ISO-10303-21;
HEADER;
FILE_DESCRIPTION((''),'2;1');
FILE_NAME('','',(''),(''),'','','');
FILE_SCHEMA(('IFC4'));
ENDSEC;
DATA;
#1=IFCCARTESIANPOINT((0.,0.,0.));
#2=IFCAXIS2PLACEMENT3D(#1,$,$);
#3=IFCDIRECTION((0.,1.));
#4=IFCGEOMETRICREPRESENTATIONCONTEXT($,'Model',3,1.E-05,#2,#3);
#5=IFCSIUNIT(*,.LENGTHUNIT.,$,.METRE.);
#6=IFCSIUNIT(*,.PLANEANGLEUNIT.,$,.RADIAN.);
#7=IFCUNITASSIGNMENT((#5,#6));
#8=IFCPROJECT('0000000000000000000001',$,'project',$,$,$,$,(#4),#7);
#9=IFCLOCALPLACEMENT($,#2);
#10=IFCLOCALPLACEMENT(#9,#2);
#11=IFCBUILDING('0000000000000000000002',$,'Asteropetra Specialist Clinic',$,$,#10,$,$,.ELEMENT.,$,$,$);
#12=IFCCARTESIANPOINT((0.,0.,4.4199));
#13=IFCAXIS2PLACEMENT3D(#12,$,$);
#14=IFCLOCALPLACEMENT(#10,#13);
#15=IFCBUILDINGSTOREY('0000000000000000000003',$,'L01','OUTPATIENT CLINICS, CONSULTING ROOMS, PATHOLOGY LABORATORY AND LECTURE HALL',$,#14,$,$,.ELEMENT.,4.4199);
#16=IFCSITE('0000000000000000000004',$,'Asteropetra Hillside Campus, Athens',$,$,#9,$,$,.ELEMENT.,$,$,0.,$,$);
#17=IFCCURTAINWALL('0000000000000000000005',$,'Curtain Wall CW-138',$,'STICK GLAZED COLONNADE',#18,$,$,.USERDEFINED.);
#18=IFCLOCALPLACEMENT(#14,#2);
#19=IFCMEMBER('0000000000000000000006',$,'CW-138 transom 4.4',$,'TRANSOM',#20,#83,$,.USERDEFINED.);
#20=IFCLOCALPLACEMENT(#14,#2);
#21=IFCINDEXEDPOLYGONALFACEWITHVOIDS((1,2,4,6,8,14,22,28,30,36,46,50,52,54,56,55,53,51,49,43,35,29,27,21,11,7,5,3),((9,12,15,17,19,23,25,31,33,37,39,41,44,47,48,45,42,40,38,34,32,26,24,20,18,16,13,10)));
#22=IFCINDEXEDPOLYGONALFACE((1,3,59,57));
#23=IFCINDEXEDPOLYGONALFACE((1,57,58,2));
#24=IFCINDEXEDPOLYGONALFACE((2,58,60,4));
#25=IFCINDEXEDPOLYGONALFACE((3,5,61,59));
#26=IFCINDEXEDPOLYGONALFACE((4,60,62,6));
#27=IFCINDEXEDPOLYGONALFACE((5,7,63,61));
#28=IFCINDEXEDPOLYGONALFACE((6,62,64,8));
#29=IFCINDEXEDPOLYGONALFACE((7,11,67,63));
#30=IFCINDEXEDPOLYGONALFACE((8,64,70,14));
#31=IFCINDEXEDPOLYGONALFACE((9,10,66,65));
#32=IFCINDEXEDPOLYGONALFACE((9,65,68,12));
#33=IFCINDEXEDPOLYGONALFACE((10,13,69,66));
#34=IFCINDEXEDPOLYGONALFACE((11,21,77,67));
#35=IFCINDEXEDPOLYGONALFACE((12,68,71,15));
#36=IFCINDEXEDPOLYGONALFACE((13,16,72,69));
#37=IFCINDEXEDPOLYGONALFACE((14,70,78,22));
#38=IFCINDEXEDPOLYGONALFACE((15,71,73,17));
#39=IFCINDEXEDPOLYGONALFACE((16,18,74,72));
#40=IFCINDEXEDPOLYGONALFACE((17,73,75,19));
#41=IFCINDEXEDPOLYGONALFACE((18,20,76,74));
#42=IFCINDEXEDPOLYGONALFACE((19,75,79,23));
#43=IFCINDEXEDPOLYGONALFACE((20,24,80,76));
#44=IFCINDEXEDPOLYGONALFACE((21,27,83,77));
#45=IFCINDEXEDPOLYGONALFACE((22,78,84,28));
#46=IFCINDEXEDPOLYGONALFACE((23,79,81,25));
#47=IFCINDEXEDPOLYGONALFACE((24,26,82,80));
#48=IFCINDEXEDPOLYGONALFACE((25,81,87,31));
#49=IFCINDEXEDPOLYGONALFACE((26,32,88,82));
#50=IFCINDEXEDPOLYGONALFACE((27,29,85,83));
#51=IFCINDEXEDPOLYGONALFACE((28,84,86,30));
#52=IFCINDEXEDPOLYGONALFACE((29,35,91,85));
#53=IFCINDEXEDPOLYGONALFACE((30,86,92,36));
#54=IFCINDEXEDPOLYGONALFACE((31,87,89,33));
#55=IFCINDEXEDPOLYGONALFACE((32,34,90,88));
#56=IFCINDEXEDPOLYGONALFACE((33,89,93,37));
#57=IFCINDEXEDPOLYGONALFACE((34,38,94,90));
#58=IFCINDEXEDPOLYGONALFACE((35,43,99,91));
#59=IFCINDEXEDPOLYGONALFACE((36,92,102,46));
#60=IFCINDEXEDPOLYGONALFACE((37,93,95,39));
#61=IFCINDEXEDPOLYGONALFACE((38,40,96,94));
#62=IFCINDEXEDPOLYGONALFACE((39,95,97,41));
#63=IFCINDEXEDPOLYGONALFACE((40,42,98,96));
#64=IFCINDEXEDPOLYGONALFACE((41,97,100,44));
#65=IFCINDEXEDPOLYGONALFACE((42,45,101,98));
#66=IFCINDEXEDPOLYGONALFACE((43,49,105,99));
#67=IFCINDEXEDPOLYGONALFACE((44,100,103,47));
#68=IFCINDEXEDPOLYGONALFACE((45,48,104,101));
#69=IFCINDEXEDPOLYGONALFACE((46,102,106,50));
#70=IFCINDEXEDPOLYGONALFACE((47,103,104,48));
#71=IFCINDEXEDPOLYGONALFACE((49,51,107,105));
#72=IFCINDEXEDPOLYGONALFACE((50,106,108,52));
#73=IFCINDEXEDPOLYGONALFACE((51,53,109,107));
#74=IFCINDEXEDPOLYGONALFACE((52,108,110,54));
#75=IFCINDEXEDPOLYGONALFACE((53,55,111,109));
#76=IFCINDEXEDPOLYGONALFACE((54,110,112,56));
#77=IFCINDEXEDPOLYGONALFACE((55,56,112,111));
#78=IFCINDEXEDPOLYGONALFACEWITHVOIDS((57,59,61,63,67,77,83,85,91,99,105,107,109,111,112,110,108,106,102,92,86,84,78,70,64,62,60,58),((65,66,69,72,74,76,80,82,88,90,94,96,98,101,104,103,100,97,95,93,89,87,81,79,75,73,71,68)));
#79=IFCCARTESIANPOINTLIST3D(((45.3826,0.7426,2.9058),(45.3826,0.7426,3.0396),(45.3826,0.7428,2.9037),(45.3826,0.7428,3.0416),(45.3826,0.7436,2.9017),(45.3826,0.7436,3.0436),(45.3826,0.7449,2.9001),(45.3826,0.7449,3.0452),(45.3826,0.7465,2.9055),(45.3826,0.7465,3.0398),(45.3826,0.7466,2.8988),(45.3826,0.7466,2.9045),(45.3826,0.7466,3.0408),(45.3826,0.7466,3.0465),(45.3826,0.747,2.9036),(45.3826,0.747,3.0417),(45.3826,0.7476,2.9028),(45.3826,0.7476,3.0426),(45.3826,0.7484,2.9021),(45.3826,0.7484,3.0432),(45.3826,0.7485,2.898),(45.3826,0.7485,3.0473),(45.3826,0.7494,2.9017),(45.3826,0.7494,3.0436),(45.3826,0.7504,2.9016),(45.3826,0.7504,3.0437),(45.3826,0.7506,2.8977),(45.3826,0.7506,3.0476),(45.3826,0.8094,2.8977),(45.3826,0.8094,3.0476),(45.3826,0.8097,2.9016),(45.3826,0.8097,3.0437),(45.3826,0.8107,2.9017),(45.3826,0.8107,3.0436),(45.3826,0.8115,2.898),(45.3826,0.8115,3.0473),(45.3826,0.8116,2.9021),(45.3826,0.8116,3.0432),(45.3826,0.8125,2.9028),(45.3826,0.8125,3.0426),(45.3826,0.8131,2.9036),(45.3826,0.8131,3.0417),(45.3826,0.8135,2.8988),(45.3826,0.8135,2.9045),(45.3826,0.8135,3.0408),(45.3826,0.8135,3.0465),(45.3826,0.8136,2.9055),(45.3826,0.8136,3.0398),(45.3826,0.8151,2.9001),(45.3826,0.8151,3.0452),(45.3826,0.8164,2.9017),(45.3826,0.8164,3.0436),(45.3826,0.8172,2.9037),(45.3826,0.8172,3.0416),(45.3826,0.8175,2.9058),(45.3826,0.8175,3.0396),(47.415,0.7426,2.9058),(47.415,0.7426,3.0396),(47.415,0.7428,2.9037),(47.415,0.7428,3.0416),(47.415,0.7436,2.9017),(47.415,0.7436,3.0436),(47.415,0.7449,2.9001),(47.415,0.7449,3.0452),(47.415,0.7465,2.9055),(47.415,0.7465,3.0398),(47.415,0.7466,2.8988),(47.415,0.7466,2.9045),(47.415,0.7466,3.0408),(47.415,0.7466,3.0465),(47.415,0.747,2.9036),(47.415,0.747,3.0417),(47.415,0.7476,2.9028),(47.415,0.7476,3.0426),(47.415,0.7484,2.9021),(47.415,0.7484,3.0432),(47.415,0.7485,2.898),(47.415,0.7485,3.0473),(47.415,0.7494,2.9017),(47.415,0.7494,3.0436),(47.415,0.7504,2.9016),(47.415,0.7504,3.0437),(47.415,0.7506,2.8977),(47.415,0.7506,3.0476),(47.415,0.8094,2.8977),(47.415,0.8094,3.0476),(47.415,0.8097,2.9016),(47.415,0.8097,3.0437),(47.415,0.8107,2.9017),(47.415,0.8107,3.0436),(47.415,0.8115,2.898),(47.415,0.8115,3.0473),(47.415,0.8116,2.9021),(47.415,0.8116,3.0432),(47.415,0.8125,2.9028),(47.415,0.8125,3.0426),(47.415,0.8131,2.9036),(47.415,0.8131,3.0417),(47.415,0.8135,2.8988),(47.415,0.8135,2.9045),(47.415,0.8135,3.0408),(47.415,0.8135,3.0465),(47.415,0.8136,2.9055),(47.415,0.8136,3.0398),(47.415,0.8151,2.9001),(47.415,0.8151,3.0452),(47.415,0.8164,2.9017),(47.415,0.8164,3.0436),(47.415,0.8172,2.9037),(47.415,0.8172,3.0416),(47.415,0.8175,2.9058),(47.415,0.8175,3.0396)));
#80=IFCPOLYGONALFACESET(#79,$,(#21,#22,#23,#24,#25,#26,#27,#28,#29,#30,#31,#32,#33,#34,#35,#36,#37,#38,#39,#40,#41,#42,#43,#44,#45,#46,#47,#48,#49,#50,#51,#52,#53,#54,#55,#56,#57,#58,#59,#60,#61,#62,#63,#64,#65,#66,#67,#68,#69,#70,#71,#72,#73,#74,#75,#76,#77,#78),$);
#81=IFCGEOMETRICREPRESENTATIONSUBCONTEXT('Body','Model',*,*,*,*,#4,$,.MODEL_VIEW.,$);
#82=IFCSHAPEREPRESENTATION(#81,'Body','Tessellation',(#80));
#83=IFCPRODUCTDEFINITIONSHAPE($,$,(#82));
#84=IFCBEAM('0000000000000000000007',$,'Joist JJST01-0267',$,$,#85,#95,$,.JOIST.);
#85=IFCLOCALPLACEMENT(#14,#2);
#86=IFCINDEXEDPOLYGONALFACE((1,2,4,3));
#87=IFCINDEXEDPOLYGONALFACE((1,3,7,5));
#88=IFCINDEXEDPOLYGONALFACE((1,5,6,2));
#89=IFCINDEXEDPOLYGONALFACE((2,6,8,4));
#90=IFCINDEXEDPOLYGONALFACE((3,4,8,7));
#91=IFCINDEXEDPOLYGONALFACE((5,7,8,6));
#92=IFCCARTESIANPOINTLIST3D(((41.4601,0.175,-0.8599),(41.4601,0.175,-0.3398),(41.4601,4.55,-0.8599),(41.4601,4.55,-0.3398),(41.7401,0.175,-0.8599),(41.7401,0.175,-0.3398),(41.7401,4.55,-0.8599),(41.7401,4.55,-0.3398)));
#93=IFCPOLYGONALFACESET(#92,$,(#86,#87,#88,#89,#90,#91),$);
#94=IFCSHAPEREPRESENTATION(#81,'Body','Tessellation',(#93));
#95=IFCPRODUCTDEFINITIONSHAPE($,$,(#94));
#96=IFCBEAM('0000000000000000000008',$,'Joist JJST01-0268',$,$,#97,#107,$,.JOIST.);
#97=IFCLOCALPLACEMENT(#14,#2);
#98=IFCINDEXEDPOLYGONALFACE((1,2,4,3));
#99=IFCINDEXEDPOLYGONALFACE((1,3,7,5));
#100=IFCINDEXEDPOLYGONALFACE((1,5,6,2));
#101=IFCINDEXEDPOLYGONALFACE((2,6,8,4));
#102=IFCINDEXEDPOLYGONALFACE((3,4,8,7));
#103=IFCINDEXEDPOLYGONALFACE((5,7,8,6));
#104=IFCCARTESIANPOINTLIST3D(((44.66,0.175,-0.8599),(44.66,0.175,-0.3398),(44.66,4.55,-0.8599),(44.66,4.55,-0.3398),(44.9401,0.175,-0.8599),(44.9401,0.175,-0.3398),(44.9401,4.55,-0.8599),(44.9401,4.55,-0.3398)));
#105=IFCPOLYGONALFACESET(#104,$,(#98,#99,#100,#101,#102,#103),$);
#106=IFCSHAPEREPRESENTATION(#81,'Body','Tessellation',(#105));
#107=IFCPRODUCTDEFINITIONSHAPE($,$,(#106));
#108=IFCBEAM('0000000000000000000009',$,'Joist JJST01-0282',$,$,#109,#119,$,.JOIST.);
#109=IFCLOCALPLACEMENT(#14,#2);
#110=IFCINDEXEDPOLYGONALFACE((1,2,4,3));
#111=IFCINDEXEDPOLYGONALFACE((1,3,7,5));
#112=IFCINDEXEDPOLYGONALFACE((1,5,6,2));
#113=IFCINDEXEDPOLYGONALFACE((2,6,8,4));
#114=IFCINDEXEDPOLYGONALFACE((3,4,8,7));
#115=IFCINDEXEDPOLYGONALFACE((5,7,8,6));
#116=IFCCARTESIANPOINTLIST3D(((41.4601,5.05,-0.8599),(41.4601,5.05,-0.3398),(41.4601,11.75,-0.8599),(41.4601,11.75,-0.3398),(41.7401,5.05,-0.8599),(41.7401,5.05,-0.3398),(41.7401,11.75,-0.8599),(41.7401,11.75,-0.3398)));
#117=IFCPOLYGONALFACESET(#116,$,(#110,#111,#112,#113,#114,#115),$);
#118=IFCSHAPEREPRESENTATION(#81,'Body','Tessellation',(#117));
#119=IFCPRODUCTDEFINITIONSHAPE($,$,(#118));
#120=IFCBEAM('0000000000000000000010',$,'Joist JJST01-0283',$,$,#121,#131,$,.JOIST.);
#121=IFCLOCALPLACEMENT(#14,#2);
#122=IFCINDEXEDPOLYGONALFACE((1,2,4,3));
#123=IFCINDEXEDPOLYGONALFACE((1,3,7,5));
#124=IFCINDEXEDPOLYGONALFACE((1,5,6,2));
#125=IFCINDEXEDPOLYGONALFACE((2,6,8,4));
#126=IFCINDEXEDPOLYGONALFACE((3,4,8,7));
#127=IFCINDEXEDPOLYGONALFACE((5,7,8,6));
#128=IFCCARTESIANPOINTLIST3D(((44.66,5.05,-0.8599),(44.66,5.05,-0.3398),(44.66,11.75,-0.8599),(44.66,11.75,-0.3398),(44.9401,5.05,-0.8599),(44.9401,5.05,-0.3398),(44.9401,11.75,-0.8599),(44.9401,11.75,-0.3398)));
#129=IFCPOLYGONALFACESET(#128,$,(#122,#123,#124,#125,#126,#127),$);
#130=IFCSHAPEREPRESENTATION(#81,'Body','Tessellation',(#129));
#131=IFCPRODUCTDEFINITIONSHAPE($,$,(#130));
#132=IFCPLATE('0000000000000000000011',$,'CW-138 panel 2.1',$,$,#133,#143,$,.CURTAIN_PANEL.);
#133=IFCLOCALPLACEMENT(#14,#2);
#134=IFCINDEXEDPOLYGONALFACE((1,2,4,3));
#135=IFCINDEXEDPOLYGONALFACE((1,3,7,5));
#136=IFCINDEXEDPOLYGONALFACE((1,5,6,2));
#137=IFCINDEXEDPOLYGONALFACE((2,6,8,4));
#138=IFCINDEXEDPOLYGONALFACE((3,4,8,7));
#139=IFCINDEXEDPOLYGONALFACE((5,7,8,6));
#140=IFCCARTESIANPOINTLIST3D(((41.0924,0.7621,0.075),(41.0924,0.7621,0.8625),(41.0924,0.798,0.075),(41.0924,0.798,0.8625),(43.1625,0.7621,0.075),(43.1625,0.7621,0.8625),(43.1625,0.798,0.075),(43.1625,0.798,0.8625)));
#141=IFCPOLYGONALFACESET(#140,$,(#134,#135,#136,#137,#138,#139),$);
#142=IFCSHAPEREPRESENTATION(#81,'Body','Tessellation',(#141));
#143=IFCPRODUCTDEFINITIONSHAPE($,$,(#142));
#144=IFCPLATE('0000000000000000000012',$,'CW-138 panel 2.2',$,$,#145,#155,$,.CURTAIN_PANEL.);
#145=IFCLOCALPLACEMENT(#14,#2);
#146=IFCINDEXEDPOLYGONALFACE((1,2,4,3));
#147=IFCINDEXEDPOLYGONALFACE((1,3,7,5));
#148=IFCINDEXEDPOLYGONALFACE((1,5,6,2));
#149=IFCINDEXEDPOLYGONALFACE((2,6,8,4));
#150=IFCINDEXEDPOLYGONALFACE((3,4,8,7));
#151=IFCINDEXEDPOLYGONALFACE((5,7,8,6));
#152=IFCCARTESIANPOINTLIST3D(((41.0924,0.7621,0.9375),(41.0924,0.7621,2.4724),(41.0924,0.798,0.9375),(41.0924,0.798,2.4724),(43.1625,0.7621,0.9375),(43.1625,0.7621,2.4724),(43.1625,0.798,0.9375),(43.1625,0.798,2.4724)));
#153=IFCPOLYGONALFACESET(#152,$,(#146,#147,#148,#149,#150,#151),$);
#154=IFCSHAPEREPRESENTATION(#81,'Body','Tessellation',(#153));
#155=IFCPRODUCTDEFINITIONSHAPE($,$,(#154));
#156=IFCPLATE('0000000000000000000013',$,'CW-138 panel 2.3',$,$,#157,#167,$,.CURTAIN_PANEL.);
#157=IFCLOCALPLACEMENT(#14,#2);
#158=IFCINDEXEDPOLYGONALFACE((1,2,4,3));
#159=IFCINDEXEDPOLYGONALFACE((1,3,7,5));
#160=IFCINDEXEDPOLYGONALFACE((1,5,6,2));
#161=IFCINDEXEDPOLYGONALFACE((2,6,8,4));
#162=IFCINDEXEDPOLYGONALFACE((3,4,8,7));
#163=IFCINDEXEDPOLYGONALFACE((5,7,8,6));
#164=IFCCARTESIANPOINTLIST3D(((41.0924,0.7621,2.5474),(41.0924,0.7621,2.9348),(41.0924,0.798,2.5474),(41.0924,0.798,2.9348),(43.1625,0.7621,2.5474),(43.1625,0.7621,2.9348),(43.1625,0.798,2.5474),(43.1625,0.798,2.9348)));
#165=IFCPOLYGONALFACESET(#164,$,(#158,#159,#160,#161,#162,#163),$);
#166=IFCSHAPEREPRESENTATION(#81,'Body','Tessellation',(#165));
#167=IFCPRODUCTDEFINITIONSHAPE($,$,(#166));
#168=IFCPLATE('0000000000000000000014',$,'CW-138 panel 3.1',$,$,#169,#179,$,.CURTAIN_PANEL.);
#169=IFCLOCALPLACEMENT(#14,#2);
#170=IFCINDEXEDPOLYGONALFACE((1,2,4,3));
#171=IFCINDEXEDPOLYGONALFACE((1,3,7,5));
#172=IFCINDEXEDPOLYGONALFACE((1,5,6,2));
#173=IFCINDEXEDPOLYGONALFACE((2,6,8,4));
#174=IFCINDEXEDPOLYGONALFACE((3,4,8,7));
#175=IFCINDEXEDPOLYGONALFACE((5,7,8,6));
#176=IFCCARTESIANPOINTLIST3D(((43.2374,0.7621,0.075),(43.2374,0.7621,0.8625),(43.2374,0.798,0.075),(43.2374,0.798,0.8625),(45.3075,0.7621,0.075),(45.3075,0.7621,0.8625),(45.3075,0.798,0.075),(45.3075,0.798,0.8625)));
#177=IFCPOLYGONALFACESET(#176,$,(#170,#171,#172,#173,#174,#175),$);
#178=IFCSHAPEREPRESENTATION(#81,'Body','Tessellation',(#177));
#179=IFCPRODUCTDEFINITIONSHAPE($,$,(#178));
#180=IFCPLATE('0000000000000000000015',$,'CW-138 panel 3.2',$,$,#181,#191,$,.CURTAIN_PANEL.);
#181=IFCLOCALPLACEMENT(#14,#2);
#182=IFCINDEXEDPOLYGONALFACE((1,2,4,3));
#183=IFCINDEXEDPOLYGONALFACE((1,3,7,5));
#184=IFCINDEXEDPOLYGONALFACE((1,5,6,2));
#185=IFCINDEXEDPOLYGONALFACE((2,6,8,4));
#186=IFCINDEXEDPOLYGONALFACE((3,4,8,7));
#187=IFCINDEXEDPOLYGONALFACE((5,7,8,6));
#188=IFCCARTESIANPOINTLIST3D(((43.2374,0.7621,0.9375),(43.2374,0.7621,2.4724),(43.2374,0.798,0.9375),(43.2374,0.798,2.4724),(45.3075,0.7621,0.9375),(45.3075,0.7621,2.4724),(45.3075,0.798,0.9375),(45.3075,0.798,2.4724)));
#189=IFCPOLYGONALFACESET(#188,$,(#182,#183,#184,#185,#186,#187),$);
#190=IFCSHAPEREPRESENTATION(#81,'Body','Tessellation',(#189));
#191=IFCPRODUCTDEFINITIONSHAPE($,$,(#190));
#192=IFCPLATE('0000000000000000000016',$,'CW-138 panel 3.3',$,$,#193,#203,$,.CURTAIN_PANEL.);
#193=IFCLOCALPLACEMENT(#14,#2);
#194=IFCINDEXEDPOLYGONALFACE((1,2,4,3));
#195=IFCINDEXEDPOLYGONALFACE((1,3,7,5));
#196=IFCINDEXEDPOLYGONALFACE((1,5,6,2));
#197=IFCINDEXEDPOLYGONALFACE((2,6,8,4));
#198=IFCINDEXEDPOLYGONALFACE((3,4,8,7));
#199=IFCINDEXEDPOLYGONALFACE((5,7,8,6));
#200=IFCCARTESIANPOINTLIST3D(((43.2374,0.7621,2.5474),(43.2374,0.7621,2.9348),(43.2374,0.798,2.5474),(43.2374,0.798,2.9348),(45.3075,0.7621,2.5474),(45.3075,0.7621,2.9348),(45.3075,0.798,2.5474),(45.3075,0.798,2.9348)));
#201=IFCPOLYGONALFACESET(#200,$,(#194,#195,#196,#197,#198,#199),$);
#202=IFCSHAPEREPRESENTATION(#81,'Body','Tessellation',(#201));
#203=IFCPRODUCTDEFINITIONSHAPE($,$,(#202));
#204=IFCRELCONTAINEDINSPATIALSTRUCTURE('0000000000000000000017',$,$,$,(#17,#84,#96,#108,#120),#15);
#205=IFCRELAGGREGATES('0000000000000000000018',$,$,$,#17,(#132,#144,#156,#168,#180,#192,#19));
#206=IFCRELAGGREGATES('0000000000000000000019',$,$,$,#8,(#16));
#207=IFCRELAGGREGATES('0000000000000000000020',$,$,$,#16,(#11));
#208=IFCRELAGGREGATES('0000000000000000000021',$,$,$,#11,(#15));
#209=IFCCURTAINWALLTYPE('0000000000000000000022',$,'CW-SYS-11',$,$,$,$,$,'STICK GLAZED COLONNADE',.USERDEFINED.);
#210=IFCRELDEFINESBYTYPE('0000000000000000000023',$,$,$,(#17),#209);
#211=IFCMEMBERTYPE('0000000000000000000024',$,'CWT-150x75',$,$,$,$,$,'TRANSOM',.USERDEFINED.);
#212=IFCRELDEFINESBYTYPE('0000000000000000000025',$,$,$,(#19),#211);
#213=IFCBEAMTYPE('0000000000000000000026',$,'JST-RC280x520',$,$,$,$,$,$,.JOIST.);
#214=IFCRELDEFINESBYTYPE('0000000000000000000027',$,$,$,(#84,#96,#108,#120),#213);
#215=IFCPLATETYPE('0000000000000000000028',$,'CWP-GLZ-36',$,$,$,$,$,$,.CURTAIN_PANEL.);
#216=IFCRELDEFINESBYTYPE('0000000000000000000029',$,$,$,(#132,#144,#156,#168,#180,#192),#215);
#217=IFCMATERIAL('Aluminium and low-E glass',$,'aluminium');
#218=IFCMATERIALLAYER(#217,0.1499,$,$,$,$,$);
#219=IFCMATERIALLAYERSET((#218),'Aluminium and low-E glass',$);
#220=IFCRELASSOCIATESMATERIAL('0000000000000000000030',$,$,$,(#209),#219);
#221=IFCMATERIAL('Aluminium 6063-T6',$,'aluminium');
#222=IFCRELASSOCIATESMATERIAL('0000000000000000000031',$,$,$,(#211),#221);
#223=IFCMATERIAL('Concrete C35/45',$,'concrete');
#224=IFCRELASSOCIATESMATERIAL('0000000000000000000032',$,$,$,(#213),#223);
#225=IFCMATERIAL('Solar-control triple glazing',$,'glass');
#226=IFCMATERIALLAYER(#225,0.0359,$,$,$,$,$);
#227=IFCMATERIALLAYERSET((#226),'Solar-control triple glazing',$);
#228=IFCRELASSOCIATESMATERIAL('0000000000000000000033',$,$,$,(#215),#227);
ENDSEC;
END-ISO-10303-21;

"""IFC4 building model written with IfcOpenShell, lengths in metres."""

from ifc_helpers import new_model, si_unit, direction, frame, origin, origin_2d, place, context, subcontext, project, spatial, rectangle, hollow_rectangle, extrude, material, layer, layer_set, material_profile, profile_set, type_object, element, aggregate, save


model = new_model("IFC4")

# Units and contexts
model_context = context("Model", 3, precision=1e-05, world=origin(), true_north=direction((0.0, 1.0)))
body_context = subcontext(model_context, "Body", "Model", "MODEL_VIEW")
ifc_project = project(units=[si_unit("LENGTHUNIT", "METRE"), si_unit("PLANEANGLEUNIT", "RADIAN")], contexts=[model_context])

# Site, building, storey
site_placement = place(None, origin())
site = spatial("IfcSite", under=ifc_project, at=site_placement, Name="Asteropetra Hillside Campus, Athens", CompositionType="ELEMENT", RefElevation=0.0)
building_placement = place(site_placement, origin())
building = spatial("IfcBuilding", under=site, at=building_placement, Name="Asteropetra Specialist Clinic", CompositionType="ELEMENT")
storey_placement = place(building_placement, frame((0.0, 0.0, 4.4199)))
storey = spatial("IfcBuildingStorey", under=building, at=storey_placement, Name="L01", Description="OUTPATIENT CLINICS, CONSULTING ROOMS, PATHOLOGY LABORATORY AND LECTURE HALL", CompositionType="ELEMENT", Elevation=4.4199)

# Curtain wall, member
ifc_material_1 = material(Name="Aluminium and low-E glass", Category="aluminium")
ifc_layer_1 = layer(ifc_material_1, 0.1499)
ifc_layer_set_1 = layer_set([ifc_layer_1], Name="Aluminium and low-E glass")
curtain_wall_type = type_object("IfcCurtainWallType", Name="CW-SYS-11", ElementType="STICK GLAZED COLONNADE", PredefinedType="USERDEFINED", material=ifc_layer_set_1)
curtain_wall_placement = place(storey_placement, origin())
curtain_wall = element("IfcCurtainWall", 1, at=curtain_wall_placement, inside=storey, type_object=curtain_wall_type, Name="Curtain Wall CW-138", ObjectType="STICK GLAZED COLONNADE", PredefinedType="USERDEFINED")
ifc_material_2 = material(Name="Aluminium 6063-T6", Category="aluminium")
ifc_material_profile_1 = material_profile(ifc_material_2, hollow_rectangle(XDim=0.075, YDim=0.1499, WallThickness=0.0039, InnerFilletRadius=0.0039, OuterFilletRadius=0.0081, at=origin_2d()), Name="TRN 150x75x4.0")
ifc_profile_set_1 = profile_set([ifc_material_profile_1], Name="Aluminium 6063-T6")
member_type_1 = type_object("IfcMemberType", Name="CWT-150x75", ElementType="TRANSOM", PredefinedType="USERDEFINED", material=ifc_profile_set_1)
member_1_placement = place(storey_placement, frame((45.3826, 0.78, 2.9727), z_axis=(1.0, 0.0, 0.0), x_axis=(0.0, 1.0, 0.0)))
member_1 = element("IfcMember", 2, at=member_1_placement, type_object=member_type_1, Name="CW-138 transom 4.4", ObjectType="TRANSOM", PredefinedType="USERDEFINED", context=body_context, shape_type="SweptSolid", body=[
    extrude(hollow_rectangle(XDim=0.075, YDim=0.1499, WallThickness=0.0039, InnerFilletRadius=0.0039, OuterFilletRadius=0.0081, at=origin_2d()), origin(), (0.0, 0.0, 1.0), 2.0325),
])

# Beams
ifc_material_3 = material(Name="Concrete C35/45", Category="concrete")
ifc_material_profile_2 = material_profile(ifc_material_3, rectangle(XDim=0.28, YDim=0.52, at=origin_2d()), Name="RCJ 280x520")
ifc_profile_set_2 = profile_set([ifc_material_profile_2], Name="Concrete C35/45")
beam_type = type_object("IfcBeamType", Name="JST-RC280x520", PredefinedType="JOIST", material=ifc_profile_set_2)
for number, where, z_axis, x_axis, name in (
    (3, (41.6001, 0.175, -0.5999), (0.0, 1.0, 0.0), (-1.0, 0.0, 0.0), "Joist JJST01-0267"),
    (4, (44.8, 0.175, -0.5999), (0.0, 1.0, 0.0), (-1.0, 0.0, 0.0), "Joist JJST01-0268"),
):
    element("IfcBeam", number, at=place(storey_placement, frame(where, z_axis=z_axis, x_axis=x_axis)), inside=storey, type_object=beam_type, Name=name, PredefinedType="JOIST", context=body_context, shape_type="SweptSolid", body=[
        extrude(rectangle(XDim=0.28, YDim=0.52, at=origin_2d()), origin(), (0.0, 0.0, 1.0), 4.375),
    ])
for number, where, z_axis, x_axis, name in (
    (5, (41.6001, 5.05, -0.5999), (0.0, 1.0, 0.0), (-1.0, 0.0, 0.0), "Joist JJST01-0282"),
    (6, (44.8, 5.05, -0.5999), (0.0, 1.0, 0.0), (-1.0, 0.0, 0.0), "Joist JJST01-0283"),
):
    element("IfcBeam", number, at=place(storey_placement, frame(where, z_axis=z_axis, x_axis=x_axis)), inside=storey, type_object=beam_type, Name=name, PredefinedType="JOIST", context=body_context, shape_type="SweptSolid", body=[
        extrude(rectangle(XDim=0.28, YDim=0.52, at=origin_2d()), origin(), (0.0, 0.0, 1.0), 6.7),
    ])

# Plates
ifc_material_4 = material(Name="Solar-control triple glazing", Category="glass")
ifc_layer_2 = layer(ifc_material_4, 0.0359)
ifc_layer_set_2 = layer_set([ifc_layer_2], Name="Solar-control triple glazing")
plate_type = type_object("IfcPlateType", Name="CWP-GLZ-36", PredefinedType="CURTAIN_PANEL", material=ifc_layer_set_2)
plate_1_placement = place(storey_placement, frame((42.1274, 0.78, 0.075), z_axis=(0.0, 0.0, 1.0), x_axis=(1.0, 0.0, 0.0)))
plate_1 = element("IfcPlate", 7, at=plate_1_placement, type_object=plate_type, Name="CW-138 panel 2.1", PredefinedType="CURTAIN_PANEL", context=body_context, shape_type="SweptSolid", body=[
    extrude(rectangle(XDim=2.0701, YDim=0.0359, at=origin_2d()), origin(), (0.0, 0.0, 1.0), 0.7876),
])
plate_2_placement = place(storey_placement, frame((42.1274, 0.78, 0.9375), z_axis=(0.0, 0.0, 1.0), x_axis=(1.0, 0.0, 0.0)))
plate_2 = element("IfcPlate", 8, at=plate_2_placement, type_object=plate_type, Name="CW-138 panel 2.2", PredefinedType="CURTAIN_PANEL", context=body_context, shape_type="SweptSolid", body=[
    extrude(rectangle(XDim=2.0701, YDim=0.0359, at=origin_2d()), origin(), (0.0, 0.0, 1.0), 1.5349),
])
plate_3_placement = place(storey_placement, frame((42.1274, 0.78, 2.5474), z_axis=(0.0, 0.0, 1.0), x_axis=(1.0, 0.0, 0.0)))
plate_3 = element("IfcPlate", 9, at=plate_3_placement, type_object=plate_type, Name="CW-138 panel 2.3", PredefinedType="CURTAIN_PANEL", context=body_context, shape_type="SweptSolid", body=[
    extrude(rectangle(XDim=2.0701, YDim=0.0359, at=origin_2d()), origin(), (0.0, 0.0, 1.0), 0.3875),
])
plate_4_placement = place(storey_placement, frame((44.2725, 0.78, 0.075), z_axis=(0.0, 0.0, 1.0), x_axis=(1.0, 0.0, 0.0)))
plate_4 = element("IfcPlate", 10, at=plate_4_placement, type_object=plate_type, Name="CW-138 panel 3.1", PredefinedType="CURTAIN_PANEL", context=body_context, shape_type="SweptSolid", body=[
    extrude(rectangle(XDim=2.0701, YDim=0.0359, at=origin_2d()), origin(), (0.0, 0.0, 1.0), 0.7876),
])
plate_5_placement = place(storey_placement, frame((44.2725, 0.78, 0.9375), z_axis=(0.0, 0.0, 1.0), x_axis=(1.0, 0.0, 0.0)))
plate_5 = element("IfcPlate", 11, at=plate_5_placement, type_object=plate_type, Name="CW-138 panel 3.2", PredefinedType="CURTAIN_PANEL", context=body_context, shape_type="SweptSolid", body=[
    extrude(rectangle(XDim=2.0701, YDim=0.0359, at=origin_2d()), origin(), (0.0, 0.0, 1.0), 1.5349),
])
plate_6_placement = place(storey_placement, frame((44.2725, 0.78, 2.5474), z_axis=(0.0, 0.0, 1.0), x_axis=(1.0, 0.0, 0.0)))
plate_6 = element("IfcPlate", 12, at=plate_6_placement, type_object=plate_type, Name="CW-138 panel 3.3", PredefinedType="CURTAIN_PANEL", context=body_context, shape_type="SweptSolid", body=[
    extrude(rectangle(XDim=2.0701, YDim=0.0359, at=origin_2d()), origin(), (0.0, 0.0, 1.0), 0.3875),
])
aggregate(curtain_wall, [plate_1, plate_2, plate_3, plate_4, plate_5, plate_6, member_1])

save(model, "model.ifc")
